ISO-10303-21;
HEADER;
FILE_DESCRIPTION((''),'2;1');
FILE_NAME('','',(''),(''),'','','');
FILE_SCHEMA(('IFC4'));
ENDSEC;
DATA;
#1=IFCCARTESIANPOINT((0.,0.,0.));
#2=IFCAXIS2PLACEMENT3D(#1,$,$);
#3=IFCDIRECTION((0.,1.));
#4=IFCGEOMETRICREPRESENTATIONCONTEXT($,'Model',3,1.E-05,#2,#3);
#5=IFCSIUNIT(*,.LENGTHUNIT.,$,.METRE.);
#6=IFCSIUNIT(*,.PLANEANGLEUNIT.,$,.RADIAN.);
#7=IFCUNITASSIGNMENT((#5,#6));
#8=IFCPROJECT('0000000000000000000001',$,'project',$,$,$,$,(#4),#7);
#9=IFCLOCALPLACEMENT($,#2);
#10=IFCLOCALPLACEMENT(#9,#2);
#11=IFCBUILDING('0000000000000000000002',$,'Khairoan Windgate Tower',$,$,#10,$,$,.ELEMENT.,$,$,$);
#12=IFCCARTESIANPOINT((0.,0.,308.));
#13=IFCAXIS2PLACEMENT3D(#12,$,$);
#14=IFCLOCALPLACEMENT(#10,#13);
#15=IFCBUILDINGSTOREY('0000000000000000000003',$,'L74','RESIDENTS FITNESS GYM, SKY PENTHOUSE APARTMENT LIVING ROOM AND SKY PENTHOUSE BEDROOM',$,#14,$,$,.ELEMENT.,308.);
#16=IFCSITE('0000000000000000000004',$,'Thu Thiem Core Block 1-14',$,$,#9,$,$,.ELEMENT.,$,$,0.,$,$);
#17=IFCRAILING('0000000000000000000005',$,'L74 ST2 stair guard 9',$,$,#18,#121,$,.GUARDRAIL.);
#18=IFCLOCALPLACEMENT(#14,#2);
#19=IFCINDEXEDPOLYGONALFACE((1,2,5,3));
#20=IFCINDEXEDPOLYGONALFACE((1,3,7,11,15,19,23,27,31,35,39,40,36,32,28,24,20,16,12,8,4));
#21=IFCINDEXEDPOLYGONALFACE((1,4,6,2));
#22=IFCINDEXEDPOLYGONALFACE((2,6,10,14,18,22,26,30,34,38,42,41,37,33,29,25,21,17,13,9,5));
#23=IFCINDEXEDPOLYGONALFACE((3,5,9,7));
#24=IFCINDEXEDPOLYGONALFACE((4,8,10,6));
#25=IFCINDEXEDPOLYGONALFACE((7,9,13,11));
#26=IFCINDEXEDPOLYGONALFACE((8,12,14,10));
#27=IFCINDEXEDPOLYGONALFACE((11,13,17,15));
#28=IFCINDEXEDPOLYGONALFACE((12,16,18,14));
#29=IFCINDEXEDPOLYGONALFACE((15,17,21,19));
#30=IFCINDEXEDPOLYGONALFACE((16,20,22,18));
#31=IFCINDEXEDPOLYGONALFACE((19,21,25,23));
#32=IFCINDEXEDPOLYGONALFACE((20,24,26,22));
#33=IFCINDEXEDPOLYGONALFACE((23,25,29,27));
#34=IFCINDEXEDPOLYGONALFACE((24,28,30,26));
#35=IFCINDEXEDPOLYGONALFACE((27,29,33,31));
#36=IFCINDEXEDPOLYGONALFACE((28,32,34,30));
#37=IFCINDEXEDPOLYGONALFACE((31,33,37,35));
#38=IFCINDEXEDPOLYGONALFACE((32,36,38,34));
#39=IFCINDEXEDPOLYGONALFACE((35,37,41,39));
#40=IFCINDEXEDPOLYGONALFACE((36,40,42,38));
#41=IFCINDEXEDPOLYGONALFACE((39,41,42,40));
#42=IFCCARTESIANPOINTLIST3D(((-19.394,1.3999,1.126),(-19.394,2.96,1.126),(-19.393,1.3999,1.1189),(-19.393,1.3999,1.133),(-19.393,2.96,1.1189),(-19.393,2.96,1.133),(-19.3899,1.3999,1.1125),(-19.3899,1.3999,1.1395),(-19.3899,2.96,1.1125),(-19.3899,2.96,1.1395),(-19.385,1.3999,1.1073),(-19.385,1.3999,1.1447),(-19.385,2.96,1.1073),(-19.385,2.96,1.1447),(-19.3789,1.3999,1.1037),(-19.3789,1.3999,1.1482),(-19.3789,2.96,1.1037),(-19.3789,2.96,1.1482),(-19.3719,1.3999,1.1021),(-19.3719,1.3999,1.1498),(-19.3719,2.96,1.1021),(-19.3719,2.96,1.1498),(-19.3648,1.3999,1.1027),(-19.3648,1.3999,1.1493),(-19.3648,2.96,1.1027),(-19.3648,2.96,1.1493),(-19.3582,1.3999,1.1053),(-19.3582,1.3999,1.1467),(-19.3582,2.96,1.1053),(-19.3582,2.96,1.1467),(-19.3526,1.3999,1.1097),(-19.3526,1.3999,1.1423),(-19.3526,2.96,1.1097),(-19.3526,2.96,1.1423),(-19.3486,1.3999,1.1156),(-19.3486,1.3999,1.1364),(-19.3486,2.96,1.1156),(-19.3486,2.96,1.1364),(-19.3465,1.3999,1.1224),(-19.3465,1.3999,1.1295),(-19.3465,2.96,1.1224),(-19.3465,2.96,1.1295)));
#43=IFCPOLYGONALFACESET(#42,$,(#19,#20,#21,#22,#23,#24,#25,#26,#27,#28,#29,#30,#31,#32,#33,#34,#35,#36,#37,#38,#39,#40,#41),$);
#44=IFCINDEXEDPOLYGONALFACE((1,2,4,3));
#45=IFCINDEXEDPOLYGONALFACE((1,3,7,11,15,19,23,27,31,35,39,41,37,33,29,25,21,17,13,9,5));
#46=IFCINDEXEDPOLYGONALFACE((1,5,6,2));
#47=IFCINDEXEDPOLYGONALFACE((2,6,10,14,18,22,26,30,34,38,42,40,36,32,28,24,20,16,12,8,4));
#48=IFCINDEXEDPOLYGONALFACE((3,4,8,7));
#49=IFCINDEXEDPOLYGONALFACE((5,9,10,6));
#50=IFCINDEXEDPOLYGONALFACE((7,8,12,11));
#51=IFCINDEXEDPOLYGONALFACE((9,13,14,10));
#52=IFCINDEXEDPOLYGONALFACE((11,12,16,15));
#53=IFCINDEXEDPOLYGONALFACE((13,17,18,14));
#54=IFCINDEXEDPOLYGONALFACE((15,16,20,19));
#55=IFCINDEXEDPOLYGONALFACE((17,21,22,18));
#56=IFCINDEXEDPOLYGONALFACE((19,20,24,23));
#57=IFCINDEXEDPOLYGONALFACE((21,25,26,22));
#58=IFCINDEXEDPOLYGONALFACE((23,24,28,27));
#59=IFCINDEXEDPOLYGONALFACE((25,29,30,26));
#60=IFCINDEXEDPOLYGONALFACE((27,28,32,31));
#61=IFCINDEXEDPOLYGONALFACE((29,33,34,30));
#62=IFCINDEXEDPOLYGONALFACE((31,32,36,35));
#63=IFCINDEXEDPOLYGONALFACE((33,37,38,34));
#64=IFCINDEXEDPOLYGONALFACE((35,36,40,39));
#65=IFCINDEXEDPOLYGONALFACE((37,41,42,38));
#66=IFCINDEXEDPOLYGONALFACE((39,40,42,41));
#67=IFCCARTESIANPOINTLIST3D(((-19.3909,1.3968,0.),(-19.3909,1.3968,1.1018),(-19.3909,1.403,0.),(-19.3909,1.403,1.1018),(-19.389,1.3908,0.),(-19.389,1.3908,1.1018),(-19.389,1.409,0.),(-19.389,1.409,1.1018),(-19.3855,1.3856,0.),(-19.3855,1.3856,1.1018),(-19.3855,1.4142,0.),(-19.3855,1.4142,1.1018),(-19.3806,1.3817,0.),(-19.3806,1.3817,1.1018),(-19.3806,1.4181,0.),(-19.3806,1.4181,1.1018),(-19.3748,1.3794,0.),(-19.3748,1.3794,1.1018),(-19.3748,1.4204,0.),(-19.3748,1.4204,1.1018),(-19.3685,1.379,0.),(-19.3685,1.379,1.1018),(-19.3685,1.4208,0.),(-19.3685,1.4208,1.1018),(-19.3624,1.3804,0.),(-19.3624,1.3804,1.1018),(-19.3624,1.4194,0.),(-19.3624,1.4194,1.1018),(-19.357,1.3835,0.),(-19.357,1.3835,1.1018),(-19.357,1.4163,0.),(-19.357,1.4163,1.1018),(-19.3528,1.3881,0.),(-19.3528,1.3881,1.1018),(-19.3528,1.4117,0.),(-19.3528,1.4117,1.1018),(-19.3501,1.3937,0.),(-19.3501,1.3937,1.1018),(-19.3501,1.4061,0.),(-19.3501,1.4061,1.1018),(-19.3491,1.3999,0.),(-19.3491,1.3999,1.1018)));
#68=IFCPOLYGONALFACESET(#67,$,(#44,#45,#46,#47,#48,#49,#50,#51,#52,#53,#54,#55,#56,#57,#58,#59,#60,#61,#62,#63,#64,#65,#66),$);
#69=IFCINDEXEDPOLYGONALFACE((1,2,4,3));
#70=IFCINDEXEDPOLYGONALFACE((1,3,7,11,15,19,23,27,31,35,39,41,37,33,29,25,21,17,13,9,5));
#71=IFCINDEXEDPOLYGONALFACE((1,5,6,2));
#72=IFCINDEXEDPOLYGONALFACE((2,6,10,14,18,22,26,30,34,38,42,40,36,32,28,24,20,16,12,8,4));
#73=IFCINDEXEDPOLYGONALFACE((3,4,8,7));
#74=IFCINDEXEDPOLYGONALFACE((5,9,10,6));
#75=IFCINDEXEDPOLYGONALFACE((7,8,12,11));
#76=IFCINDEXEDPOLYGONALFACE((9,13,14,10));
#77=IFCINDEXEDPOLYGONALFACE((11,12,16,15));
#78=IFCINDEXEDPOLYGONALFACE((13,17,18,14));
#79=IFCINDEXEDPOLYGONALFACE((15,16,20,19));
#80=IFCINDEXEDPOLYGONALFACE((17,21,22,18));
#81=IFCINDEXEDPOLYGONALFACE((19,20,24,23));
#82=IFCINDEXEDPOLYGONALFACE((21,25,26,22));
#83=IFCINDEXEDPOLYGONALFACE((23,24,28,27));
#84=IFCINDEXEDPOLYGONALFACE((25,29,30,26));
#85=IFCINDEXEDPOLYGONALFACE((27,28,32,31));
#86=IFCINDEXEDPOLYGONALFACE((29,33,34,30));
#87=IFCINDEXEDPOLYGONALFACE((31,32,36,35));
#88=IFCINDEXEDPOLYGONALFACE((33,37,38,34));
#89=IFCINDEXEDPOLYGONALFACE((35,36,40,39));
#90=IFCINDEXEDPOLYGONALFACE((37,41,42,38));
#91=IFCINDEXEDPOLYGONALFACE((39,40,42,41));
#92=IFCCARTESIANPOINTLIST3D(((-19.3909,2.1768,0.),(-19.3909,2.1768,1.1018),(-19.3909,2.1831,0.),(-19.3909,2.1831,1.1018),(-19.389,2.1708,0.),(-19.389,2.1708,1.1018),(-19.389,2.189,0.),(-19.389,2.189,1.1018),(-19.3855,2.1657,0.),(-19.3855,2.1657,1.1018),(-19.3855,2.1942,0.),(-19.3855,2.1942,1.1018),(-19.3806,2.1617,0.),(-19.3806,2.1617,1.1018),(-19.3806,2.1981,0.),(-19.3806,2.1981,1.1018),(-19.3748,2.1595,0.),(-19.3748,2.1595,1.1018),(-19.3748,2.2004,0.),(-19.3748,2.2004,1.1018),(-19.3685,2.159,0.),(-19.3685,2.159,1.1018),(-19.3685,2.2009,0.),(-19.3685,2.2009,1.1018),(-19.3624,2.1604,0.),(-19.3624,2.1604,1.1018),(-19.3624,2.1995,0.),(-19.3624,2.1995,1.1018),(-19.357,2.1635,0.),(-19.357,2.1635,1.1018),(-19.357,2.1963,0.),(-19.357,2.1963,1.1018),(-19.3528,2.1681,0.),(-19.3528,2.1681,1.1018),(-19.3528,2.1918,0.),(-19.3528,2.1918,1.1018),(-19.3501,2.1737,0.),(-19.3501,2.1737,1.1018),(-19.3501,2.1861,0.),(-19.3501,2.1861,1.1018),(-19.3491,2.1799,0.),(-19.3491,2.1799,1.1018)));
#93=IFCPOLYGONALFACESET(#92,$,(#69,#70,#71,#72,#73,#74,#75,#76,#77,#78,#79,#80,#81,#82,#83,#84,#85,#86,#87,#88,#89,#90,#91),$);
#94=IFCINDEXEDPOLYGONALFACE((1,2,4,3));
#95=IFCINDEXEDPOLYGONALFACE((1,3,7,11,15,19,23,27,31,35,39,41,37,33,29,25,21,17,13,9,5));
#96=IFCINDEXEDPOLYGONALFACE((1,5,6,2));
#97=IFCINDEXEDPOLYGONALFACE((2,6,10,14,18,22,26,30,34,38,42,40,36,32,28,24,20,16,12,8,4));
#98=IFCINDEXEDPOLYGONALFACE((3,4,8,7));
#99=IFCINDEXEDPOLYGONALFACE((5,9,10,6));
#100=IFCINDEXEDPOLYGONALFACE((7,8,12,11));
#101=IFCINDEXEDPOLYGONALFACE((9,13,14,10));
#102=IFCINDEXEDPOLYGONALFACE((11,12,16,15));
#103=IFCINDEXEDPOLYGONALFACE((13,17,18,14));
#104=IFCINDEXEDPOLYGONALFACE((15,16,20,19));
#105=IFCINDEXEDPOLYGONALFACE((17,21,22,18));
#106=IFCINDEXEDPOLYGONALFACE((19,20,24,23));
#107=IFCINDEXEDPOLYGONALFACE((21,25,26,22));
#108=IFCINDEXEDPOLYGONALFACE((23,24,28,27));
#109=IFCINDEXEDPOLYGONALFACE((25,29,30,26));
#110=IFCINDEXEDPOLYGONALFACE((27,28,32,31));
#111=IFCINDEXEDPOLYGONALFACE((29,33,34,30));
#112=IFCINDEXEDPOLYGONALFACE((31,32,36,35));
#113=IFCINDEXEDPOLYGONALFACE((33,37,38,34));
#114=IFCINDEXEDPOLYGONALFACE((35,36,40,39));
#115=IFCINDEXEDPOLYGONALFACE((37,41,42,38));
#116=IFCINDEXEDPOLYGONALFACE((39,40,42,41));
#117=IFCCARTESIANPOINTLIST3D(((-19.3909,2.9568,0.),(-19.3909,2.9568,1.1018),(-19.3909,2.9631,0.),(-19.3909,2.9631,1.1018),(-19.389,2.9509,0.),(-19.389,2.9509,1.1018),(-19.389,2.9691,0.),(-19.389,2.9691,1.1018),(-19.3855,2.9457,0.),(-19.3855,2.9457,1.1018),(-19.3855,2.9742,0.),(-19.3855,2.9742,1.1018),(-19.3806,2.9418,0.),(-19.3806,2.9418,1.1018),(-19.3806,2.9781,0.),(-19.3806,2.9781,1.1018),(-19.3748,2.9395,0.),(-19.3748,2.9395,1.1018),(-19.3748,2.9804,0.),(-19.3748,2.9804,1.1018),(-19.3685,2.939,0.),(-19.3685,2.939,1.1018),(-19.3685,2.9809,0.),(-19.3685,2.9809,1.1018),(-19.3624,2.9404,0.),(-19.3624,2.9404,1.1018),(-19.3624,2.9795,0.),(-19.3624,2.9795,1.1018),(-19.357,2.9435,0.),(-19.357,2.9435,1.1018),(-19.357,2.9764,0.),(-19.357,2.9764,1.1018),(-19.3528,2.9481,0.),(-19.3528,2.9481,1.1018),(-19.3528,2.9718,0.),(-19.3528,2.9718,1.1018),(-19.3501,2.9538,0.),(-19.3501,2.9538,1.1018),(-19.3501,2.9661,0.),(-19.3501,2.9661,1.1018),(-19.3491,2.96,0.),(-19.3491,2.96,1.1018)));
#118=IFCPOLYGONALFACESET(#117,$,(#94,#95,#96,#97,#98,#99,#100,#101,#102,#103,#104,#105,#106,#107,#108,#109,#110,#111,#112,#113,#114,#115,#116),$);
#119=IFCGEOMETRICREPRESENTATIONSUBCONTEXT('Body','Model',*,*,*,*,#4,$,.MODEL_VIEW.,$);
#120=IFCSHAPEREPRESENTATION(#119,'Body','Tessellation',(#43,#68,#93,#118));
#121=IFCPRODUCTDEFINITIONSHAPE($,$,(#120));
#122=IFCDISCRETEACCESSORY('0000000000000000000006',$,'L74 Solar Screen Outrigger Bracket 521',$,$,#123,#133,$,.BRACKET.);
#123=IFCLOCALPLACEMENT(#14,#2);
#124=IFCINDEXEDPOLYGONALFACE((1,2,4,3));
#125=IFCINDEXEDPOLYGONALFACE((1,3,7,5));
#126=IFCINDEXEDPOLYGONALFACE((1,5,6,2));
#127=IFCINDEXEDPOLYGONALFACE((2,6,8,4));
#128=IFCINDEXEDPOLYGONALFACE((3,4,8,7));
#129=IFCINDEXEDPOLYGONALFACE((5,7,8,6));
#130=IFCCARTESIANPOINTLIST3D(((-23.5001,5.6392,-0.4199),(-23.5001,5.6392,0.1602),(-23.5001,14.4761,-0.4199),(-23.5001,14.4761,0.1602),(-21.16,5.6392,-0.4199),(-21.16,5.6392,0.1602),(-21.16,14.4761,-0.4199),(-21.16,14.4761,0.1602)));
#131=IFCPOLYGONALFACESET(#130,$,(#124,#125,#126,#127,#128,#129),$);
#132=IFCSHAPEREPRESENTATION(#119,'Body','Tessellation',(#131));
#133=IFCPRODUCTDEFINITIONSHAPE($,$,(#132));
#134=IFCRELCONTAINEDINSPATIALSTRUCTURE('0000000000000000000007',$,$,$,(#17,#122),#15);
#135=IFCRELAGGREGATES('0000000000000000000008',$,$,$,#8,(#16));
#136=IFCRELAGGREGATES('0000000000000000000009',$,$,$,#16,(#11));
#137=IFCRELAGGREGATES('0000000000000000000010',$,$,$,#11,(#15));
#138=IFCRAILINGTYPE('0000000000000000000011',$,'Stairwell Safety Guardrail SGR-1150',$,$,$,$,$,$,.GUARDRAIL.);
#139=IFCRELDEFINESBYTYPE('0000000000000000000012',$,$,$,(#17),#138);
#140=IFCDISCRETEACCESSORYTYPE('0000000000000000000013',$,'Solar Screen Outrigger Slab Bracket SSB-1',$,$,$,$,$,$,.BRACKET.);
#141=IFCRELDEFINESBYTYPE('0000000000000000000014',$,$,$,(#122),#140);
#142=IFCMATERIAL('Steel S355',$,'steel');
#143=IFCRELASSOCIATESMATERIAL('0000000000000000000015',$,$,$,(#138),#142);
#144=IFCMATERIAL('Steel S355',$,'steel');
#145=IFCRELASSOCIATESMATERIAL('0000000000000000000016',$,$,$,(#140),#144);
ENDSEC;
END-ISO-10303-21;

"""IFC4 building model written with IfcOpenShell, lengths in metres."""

from ifc_helpers import new_model, si_unit, direction, frame, origin, origin_2d, place, context, subcontext, project, spatial, rectangle, circle, extrude, material, type_object, element, save


model = new_model("IFC4")

# Units and contexts
model_context = context("Model", 3, precision=1e-05, world=origin(), true_north=direction((0.0, 1.0)))
body_context = subcontext(model_context, "Body", "Model", "MODEL_VIEW")
ifc_project = project(units=[si_unit("LENGTHUNIT", "METRE"), si_unit("PLANEANGLEUNIT", "RADIAN")], contexts=[model_context])

# Site, building, storey
site_placement = place(None, origin())
site = spatial("IfcSite", under=ifc_project, at=site_placement, Name="Thu Thiem Core Block 1-14", CompositionType="ELEMENT", RefElevation=0.0)
building_placement = place(site_placement, origin())
building = spatial("IfcBuilding", under=site, at=building_placement, Name="Khairoan Windgate Tower", CompositionType="ELEMENT")
storey_placement = place(building_placement, frame((0.0, 0.0, 308.0)))
storey = spatial("IfcBuildingStorey", under=building, at=storey_placement, Name="L74", Description="RESIDENTS FITNESS GYM, SKY PENTHOUSE APARTMENT LIVING ROOM AND SKY PENTHOUSE BEDROOM", CompositionType="ELEMENT", Elevation=308.0)

# Railing
ifc_material_1 = material(Name="Steel S355", Category="steel")
railing_type_1 = type_object("IfcRailingType", Name="Stairwell Safety Guardrail SGR-1150", PredefinedType="GUARDRAIL", material=ifc_material_1)
for number, where, name in (
    (1, (-19.3701, 1.3999, 0.0), "L74 ST2 stair guard 9"),
):
    element("IfcRailing", number, at=place(storey_placement, frame(where)), inside=storey, type_object=railing_type_1, Name=name, PredefinedType="GUARDRAIL", context=body_context, shape_type="SweptSolid", body=[
        extrude(circle(Radius=0.0239, at=origin_2d()), frame((0.0, 0.0, 1.126), z_axis=(0.0, 1.0, 0.0), x_axis=(-1.0, 0.0, 0.0)), (0.0, 0.0, 1.0), 1.5601),
        extrude(circle(Radius=0.021, at=origin_2d()), origin(), (0.0, 0.0, 1.0), 1.1018),
        extrude(circle(Radius=0.021, at=origin_2d()), frame((0.0, 0.78, 0.0)), (0.0, 0.0, 1.0), 1.1018),
        extrude(circle(Radius=0.021, at=origin_2d()), frame((0.0, 1.5601, 0.0)), (0.0, 0.0, 1.0), 1.1018),
    ])

# Discrete accessory
ifc_material_2 = material(Name="Steel S355", Category="steel")
discrete_accessory_type = type_object("IfcDiscreteAccessoryType", Name="Solar Screen Outrigger Slab Bracket SSB-1", PredefinedType="BRACKET", material=ifc_material_2)
discrete_accessory_placement = place(storey_placement, frame((-22.3301, 10.0576, -0.4199), z_axis=(0.0, 0.0, 1.0), x_axis=(0.0, 1.0, 0.0)))
element("IfcDiscreteAccessory", 2, at=discrete_accessory_placement, inside=storey, type_object=discrete_accessory_type, Name="L74 Solar Screen Outrigger Bracket 521", PredefinedType="BRACKET", context=body_context, shape_type="SweptSolid", body=[
    extrude(rectangle(XDim=8.8369, YDim=2.3401, at=origin_2d()), origin(), (0.0, 0.0, 1.0), 0.5801),
])

save(model, "model.ifc")
